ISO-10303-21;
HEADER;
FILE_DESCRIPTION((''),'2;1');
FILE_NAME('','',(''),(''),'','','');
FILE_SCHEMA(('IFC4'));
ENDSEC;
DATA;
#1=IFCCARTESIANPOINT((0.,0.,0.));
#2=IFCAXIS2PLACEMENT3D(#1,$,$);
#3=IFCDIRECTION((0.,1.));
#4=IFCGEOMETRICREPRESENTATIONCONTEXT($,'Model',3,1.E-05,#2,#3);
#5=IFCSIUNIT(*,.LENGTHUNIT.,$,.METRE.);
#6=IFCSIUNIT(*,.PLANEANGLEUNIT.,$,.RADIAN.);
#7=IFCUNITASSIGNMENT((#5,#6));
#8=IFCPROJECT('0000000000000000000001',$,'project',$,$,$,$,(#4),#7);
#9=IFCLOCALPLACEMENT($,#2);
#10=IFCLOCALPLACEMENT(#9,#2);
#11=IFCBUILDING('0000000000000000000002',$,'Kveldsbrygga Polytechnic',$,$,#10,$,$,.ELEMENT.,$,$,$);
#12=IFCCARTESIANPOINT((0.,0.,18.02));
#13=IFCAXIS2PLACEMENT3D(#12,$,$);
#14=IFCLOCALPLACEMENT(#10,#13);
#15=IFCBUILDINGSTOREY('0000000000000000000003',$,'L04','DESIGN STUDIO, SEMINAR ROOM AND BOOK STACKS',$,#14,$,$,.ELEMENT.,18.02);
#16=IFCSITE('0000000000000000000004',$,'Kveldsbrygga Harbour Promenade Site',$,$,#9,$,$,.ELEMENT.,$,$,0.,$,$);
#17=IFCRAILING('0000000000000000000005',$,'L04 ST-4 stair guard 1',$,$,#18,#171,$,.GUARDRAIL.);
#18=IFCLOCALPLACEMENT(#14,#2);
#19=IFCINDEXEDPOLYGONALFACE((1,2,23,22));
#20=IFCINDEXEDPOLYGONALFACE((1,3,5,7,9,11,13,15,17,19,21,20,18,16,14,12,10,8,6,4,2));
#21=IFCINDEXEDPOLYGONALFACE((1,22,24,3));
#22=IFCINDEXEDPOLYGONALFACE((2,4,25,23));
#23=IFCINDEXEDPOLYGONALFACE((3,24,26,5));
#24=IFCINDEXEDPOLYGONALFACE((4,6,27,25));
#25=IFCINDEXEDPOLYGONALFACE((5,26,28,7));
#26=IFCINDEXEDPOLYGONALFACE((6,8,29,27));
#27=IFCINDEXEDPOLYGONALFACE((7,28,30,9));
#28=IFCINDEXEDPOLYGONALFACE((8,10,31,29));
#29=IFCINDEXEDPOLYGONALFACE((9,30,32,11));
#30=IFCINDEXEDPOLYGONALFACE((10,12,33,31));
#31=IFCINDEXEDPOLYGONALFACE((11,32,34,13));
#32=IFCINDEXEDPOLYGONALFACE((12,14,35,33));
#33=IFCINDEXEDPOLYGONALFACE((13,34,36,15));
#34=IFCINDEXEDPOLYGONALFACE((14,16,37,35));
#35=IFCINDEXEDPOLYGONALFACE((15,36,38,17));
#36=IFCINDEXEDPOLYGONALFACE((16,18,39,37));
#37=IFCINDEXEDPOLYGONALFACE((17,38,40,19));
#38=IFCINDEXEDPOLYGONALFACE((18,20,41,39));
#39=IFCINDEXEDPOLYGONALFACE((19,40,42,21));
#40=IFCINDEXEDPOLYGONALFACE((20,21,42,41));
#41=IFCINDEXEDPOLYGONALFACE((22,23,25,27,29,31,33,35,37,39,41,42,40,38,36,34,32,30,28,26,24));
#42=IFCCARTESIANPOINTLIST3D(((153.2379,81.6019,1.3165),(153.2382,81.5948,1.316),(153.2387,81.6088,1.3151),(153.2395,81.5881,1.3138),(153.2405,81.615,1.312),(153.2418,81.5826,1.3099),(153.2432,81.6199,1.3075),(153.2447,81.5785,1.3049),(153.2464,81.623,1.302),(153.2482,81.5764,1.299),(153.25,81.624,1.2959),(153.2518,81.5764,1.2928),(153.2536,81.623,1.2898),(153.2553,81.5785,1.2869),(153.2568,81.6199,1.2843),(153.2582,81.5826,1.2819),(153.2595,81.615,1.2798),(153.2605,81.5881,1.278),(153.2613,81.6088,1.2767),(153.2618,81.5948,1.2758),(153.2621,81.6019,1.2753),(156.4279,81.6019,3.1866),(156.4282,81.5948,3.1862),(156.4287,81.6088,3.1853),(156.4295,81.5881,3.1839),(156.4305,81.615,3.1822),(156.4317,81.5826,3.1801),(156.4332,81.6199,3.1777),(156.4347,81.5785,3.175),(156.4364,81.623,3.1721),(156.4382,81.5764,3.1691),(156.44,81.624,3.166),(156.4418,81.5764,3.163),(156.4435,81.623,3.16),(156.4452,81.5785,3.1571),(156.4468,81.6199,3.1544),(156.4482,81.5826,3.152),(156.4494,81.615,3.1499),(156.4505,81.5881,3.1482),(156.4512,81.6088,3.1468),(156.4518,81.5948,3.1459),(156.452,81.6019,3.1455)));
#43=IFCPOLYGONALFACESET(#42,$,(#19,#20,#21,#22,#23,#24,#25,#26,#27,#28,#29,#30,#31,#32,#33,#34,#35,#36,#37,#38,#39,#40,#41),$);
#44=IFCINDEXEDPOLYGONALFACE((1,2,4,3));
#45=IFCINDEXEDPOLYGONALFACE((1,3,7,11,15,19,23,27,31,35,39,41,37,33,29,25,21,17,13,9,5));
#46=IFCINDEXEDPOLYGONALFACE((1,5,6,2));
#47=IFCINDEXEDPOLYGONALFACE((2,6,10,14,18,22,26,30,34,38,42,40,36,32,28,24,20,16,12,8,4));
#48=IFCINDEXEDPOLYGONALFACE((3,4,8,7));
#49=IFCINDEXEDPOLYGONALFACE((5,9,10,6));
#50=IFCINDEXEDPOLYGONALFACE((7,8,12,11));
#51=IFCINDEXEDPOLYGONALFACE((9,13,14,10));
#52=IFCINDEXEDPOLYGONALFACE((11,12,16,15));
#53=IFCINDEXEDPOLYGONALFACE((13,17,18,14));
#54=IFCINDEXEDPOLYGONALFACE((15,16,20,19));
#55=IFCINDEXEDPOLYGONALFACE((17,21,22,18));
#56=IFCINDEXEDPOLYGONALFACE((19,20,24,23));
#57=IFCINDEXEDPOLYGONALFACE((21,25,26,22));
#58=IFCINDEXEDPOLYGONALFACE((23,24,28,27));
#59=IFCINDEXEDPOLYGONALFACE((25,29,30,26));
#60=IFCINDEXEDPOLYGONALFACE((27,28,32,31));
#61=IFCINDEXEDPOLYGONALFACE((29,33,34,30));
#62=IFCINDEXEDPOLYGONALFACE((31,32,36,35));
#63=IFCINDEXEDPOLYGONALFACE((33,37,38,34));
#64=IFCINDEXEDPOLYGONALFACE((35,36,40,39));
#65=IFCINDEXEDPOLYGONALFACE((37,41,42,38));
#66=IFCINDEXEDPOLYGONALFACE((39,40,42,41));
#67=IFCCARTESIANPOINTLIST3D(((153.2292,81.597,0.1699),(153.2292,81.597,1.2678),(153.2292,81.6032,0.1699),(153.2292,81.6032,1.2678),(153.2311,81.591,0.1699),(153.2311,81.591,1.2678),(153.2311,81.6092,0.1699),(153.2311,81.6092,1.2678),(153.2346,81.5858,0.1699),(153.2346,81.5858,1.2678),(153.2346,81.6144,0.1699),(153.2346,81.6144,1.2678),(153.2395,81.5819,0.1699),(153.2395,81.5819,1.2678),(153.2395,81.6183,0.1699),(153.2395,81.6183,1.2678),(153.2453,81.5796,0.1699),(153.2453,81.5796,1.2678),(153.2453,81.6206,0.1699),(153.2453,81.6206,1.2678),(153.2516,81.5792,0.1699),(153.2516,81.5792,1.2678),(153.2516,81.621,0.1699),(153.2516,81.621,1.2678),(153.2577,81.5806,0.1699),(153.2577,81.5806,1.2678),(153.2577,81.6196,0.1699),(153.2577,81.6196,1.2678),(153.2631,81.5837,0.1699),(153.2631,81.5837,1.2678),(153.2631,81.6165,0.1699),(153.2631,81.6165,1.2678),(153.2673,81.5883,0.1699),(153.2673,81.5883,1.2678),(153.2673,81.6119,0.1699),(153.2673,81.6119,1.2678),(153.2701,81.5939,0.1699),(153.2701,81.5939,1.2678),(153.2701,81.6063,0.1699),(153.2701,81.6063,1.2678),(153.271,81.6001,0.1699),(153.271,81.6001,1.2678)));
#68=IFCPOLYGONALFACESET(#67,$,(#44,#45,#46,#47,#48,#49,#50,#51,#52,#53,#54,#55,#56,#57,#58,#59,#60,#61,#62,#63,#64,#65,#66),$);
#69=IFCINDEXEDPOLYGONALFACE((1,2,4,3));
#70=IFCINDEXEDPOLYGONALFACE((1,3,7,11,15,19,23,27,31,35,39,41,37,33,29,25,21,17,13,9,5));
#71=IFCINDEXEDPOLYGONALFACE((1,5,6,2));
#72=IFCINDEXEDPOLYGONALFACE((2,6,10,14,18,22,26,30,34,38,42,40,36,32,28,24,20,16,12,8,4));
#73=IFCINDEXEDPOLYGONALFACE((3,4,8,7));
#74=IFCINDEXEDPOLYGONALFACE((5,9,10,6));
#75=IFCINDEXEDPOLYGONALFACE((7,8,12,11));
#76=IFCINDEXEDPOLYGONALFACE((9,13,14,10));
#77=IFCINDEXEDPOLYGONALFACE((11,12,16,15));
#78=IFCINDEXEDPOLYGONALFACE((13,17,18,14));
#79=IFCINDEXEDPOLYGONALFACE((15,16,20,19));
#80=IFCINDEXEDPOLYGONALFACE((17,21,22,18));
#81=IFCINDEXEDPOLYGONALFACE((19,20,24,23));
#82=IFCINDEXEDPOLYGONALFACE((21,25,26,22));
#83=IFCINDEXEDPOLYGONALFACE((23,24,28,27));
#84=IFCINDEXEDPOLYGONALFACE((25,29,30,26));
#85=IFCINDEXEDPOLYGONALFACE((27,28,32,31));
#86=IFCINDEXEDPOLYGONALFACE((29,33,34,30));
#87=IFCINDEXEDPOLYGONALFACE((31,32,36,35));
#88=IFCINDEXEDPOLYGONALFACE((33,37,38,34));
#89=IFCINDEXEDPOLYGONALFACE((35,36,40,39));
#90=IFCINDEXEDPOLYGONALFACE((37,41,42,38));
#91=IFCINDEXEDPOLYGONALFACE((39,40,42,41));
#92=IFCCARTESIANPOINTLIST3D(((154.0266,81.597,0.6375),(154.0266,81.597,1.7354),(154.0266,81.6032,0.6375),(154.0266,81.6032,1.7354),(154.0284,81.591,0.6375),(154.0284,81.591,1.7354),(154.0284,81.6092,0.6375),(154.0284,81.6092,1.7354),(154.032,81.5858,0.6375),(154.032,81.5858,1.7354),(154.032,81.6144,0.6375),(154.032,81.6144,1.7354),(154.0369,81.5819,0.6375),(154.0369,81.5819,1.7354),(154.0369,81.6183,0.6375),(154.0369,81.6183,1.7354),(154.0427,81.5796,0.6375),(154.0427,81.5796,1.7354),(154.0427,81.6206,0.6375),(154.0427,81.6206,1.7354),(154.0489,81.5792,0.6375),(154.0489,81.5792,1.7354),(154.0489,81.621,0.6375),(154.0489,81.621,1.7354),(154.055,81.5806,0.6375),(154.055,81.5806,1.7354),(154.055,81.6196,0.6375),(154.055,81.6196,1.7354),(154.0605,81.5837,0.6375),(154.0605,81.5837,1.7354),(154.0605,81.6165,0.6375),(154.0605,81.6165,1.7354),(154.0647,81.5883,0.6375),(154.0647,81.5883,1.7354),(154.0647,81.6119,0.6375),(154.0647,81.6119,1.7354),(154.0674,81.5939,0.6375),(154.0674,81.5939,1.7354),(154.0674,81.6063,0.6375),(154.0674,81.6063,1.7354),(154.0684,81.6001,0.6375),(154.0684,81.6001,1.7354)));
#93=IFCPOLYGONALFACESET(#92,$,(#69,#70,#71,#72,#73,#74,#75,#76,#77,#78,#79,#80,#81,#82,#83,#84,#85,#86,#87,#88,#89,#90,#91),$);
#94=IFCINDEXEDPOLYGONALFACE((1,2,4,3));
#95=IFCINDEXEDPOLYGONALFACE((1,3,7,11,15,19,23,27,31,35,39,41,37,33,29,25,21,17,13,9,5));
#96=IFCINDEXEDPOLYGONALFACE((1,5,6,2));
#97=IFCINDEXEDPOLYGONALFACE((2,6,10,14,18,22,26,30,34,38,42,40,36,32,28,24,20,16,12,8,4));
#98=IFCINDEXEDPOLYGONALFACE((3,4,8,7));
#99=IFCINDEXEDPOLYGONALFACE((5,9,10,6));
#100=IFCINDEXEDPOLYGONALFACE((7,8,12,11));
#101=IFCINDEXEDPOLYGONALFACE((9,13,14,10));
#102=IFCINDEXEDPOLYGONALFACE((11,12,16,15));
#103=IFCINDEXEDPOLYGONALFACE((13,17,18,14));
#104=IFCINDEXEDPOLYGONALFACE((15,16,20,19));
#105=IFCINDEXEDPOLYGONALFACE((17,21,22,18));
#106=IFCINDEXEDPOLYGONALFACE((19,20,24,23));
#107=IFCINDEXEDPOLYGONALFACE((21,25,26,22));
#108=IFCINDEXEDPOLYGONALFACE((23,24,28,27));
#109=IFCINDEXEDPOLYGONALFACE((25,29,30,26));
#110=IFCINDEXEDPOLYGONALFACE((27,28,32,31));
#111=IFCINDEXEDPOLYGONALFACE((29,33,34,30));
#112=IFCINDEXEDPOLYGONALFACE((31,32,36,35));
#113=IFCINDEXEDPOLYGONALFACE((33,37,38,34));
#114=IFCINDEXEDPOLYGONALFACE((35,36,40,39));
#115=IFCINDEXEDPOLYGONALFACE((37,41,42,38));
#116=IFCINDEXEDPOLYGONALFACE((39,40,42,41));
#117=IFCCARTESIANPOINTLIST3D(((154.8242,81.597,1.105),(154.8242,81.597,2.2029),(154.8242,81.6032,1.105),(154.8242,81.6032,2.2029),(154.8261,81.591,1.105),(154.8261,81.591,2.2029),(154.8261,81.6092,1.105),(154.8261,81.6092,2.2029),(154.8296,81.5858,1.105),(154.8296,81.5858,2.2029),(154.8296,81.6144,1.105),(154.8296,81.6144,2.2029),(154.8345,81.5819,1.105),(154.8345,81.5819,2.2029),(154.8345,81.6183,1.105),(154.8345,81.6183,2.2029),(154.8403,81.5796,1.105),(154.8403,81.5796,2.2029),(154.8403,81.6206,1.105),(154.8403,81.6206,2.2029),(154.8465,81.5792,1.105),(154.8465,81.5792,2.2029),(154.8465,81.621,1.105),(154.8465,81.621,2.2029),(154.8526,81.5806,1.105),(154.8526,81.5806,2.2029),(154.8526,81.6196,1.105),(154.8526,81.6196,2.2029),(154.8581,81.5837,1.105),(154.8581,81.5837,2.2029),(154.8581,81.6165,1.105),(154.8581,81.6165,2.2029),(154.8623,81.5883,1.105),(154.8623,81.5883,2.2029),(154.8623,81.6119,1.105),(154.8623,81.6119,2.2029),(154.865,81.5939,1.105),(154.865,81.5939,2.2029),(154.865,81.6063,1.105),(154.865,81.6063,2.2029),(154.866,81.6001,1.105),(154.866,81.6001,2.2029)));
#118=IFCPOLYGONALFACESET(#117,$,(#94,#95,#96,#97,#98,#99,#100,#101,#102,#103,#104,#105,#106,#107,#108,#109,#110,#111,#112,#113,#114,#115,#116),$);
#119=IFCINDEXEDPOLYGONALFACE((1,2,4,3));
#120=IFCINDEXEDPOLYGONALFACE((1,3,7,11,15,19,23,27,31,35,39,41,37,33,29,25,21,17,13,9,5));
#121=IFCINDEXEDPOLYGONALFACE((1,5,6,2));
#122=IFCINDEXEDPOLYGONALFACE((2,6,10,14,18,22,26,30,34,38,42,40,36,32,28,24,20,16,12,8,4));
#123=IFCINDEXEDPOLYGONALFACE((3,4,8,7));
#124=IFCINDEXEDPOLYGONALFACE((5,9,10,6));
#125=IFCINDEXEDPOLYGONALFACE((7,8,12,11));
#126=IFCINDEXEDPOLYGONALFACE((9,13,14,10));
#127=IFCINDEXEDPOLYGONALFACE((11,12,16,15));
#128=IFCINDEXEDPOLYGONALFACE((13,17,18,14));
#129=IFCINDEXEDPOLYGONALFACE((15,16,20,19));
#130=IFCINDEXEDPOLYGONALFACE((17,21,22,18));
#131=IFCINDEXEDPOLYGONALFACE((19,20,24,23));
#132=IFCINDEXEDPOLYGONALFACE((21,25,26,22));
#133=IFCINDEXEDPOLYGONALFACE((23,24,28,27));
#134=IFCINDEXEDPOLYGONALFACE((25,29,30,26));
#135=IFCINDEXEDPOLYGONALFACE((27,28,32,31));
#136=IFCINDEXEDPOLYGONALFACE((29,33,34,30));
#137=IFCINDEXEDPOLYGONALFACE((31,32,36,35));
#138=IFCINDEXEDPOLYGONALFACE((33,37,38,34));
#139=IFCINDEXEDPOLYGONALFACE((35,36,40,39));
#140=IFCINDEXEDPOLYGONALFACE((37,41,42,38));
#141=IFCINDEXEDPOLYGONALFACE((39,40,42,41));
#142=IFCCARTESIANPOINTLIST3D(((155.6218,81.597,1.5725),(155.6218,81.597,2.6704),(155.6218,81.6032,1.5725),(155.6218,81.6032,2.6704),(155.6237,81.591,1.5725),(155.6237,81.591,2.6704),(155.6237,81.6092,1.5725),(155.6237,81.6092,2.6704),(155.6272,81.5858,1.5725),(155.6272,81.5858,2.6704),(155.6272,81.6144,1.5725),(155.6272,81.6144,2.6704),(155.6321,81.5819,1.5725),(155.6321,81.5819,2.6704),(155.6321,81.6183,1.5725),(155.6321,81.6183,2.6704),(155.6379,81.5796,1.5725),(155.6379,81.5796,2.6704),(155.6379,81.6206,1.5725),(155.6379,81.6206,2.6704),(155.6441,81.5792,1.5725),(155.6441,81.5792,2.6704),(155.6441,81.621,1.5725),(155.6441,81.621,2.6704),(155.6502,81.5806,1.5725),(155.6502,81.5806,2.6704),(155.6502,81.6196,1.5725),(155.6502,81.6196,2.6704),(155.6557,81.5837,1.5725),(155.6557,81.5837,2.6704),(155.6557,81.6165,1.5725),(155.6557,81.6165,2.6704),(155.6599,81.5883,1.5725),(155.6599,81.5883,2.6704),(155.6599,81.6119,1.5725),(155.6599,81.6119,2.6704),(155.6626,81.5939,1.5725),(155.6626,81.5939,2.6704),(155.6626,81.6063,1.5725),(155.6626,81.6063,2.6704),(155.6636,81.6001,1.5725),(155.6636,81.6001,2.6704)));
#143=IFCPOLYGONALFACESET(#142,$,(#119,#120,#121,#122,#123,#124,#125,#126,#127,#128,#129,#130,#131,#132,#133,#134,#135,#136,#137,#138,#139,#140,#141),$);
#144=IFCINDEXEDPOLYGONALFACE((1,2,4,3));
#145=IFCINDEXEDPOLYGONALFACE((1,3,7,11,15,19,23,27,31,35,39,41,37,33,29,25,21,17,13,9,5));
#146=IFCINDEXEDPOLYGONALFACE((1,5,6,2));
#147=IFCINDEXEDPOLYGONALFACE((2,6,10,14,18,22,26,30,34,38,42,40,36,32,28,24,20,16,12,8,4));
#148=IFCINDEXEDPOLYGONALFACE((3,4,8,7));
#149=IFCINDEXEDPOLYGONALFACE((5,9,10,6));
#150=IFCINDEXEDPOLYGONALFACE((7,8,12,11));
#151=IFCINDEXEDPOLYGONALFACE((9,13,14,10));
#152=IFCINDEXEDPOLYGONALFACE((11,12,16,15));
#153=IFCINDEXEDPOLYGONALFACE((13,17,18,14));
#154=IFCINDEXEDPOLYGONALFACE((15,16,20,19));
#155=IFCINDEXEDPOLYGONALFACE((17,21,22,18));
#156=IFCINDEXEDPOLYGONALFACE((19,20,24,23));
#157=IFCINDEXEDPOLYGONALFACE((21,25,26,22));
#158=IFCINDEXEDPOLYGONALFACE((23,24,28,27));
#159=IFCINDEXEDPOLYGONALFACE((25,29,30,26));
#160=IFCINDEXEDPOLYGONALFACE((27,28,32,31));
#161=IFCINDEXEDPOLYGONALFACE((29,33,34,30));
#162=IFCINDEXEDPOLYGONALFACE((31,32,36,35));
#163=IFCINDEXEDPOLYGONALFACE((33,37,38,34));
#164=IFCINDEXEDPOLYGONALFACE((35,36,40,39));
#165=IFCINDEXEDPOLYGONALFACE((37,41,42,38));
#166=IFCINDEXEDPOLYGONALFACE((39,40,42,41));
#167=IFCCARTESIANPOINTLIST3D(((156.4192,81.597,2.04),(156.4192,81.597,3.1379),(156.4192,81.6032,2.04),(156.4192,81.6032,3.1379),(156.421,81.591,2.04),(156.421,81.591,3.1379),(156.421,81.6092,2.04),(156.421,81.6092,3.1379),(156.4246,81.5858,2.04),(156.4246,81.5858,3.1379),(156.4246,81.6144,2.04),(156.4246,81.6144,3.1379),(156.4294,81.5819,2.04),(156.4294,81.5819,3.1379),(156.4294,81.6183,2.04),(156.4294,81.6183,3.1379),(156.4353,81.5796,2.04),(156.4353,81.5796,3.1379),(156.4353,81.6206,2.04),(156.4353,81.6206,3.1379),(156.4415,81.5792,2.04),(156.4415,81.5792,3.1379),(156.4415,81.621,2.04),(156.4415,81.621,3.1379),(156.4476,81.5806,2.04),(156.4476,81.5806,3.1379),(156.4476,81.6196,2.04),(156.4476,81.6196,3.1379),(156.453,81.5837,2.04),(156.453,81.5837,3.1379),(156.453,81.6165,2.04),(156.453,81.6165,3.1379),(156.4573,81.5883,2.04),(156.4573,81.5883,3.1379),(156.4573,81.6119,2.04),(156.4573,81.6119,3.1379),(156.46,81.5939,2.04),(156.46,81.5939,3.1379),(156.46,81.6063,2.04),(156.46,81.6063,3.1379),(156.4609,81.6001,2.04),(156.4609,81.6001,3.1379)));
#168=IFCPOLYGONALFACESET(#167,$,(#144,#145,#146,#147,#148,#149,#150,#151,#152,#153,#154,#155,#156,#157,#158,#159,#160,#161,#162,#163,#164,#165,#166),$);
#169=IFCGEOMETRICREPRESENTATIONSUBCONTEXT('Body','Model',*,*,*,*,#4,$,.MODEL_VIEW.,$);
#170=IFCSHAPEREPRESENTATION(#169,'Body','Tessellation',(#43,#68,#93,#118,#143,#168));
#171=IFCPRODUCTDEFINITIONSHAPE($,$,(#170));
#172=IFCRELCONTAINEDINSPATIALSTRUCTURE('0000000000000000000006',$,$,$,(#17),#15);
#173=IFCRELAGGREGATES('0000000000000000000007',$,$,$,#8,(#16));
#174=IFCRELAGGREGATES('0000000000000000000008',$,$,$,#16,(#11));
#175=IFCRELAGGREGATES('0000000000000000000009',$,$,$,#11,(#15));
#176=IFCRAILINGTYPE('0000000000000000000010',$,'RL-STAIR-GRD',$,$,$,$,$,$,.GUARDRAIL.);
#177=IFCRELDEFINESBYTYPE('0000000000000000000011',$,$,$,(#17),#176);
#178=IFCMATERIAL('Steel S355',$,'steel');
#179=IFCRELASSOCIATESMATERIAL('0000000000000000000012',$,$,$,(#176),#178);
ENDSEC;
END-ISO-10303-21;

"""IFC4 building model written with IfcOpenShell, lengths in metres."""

from ifc_helpers import new_model, si_unit, direction, frame, origin, origin_2d, place, context, subcontext, project, spatial, circle, extrude, material, type_object, element, save


model = new_model("IFC4")

# Units and contexts
model_context = context("Model", 3, precision=1e-05, world=origin(), true_north=direction((0.0, 1.0)))
body_context = subcontext(model_context, "Body", "Model", "MODEL_VIEW")
ifc_project = project(units=[si_unit("LENGTHUNIT", "METRE"), si_unit("PLANEANGLEUNIT", "RADIAN")], contexts=[model_context])

# Site, building, storey
site_placement = place(None, origin())
site = spatial("IfcSite", under=ifc_project, at=site_placement, Name="Kveldsbrygga Harbour Promenade Site", CompositionType="ELEMENT", RefElevation=0.0)
building_placement = place(site_placement, origin())
building = spatial("IfcBuilding", under=site, at=building_placement, Name="Kveldsbrygga Polytechnic", CompositionType="ELEMENT")
storey_placement = place(building_placement, frame((0.0, 0.0, 18.02)))
storey = spatial("IfcBuildingStorey", under=building, at=storey_placement, Name="L04", Description="DESIGN STUDIO, SEMINAR ROOM AND BOOK STACKS", CompositionType="ELEMENT", Elevation=18.02)

# Railing
ifc_material_1 = material(Name="Steel S355", Category="steel")
railing_type_1 = type_object("IfcRailingType", Name="RL-STAIR-GRD", PredefinedType="GUARDRAIL", material=ifc_material_1)
railing_1_placement = place(storey_placement, frame((153.25, 81.6001, 0.1699)))
element("IfcRailing", 1, at=railing_1_placement, inside=storey, type_object=railing_type_1, Name="L04 ST-4 stair guard 1", PredefinedType="GUARDRAIL", context=body_context, shape_type="SweptSolid", body=[
    extrude(circle(Radius=0.0239, at=origin_2d()), frame((0.0, 0.0, 1.126), z_axis=(0.86268, 0.0, 0.50575), x_axis=(0.0, 1.0, 0.0)), (0.0, 0.0, 1.0), 3.6978),
    extrude(circle(Radius=0.021, at=origin_2d()), origin(), (0.0, 0.0, 1.0), 1.0979),
    extrude(circle(Radius=0.021, at=origin_2d()), frame((0.7974, 0.0, 0.4675)), (0.0, 0.0, 1.0), 1.0979),
    extrude(circle(Radius=0.021, at=origin_2d()), frame((1.595, 0.0, 0.9351)), (0.0, 0.0, 1.0), 1.0979),
    extrude(circle(Radius=0.021, at=origin_2d()), frame((2.3926, 0.0, 1.4026)), (0.0, 0.0, 1.0), 1.0979),
    extrude(circle(Radius=0.021, at=origin_2d()), frame((3.1899, 0.0, 1.8701)), (0.0, 0.0, 1.0), 1.0979),
])

save(model, "model.ifc")
